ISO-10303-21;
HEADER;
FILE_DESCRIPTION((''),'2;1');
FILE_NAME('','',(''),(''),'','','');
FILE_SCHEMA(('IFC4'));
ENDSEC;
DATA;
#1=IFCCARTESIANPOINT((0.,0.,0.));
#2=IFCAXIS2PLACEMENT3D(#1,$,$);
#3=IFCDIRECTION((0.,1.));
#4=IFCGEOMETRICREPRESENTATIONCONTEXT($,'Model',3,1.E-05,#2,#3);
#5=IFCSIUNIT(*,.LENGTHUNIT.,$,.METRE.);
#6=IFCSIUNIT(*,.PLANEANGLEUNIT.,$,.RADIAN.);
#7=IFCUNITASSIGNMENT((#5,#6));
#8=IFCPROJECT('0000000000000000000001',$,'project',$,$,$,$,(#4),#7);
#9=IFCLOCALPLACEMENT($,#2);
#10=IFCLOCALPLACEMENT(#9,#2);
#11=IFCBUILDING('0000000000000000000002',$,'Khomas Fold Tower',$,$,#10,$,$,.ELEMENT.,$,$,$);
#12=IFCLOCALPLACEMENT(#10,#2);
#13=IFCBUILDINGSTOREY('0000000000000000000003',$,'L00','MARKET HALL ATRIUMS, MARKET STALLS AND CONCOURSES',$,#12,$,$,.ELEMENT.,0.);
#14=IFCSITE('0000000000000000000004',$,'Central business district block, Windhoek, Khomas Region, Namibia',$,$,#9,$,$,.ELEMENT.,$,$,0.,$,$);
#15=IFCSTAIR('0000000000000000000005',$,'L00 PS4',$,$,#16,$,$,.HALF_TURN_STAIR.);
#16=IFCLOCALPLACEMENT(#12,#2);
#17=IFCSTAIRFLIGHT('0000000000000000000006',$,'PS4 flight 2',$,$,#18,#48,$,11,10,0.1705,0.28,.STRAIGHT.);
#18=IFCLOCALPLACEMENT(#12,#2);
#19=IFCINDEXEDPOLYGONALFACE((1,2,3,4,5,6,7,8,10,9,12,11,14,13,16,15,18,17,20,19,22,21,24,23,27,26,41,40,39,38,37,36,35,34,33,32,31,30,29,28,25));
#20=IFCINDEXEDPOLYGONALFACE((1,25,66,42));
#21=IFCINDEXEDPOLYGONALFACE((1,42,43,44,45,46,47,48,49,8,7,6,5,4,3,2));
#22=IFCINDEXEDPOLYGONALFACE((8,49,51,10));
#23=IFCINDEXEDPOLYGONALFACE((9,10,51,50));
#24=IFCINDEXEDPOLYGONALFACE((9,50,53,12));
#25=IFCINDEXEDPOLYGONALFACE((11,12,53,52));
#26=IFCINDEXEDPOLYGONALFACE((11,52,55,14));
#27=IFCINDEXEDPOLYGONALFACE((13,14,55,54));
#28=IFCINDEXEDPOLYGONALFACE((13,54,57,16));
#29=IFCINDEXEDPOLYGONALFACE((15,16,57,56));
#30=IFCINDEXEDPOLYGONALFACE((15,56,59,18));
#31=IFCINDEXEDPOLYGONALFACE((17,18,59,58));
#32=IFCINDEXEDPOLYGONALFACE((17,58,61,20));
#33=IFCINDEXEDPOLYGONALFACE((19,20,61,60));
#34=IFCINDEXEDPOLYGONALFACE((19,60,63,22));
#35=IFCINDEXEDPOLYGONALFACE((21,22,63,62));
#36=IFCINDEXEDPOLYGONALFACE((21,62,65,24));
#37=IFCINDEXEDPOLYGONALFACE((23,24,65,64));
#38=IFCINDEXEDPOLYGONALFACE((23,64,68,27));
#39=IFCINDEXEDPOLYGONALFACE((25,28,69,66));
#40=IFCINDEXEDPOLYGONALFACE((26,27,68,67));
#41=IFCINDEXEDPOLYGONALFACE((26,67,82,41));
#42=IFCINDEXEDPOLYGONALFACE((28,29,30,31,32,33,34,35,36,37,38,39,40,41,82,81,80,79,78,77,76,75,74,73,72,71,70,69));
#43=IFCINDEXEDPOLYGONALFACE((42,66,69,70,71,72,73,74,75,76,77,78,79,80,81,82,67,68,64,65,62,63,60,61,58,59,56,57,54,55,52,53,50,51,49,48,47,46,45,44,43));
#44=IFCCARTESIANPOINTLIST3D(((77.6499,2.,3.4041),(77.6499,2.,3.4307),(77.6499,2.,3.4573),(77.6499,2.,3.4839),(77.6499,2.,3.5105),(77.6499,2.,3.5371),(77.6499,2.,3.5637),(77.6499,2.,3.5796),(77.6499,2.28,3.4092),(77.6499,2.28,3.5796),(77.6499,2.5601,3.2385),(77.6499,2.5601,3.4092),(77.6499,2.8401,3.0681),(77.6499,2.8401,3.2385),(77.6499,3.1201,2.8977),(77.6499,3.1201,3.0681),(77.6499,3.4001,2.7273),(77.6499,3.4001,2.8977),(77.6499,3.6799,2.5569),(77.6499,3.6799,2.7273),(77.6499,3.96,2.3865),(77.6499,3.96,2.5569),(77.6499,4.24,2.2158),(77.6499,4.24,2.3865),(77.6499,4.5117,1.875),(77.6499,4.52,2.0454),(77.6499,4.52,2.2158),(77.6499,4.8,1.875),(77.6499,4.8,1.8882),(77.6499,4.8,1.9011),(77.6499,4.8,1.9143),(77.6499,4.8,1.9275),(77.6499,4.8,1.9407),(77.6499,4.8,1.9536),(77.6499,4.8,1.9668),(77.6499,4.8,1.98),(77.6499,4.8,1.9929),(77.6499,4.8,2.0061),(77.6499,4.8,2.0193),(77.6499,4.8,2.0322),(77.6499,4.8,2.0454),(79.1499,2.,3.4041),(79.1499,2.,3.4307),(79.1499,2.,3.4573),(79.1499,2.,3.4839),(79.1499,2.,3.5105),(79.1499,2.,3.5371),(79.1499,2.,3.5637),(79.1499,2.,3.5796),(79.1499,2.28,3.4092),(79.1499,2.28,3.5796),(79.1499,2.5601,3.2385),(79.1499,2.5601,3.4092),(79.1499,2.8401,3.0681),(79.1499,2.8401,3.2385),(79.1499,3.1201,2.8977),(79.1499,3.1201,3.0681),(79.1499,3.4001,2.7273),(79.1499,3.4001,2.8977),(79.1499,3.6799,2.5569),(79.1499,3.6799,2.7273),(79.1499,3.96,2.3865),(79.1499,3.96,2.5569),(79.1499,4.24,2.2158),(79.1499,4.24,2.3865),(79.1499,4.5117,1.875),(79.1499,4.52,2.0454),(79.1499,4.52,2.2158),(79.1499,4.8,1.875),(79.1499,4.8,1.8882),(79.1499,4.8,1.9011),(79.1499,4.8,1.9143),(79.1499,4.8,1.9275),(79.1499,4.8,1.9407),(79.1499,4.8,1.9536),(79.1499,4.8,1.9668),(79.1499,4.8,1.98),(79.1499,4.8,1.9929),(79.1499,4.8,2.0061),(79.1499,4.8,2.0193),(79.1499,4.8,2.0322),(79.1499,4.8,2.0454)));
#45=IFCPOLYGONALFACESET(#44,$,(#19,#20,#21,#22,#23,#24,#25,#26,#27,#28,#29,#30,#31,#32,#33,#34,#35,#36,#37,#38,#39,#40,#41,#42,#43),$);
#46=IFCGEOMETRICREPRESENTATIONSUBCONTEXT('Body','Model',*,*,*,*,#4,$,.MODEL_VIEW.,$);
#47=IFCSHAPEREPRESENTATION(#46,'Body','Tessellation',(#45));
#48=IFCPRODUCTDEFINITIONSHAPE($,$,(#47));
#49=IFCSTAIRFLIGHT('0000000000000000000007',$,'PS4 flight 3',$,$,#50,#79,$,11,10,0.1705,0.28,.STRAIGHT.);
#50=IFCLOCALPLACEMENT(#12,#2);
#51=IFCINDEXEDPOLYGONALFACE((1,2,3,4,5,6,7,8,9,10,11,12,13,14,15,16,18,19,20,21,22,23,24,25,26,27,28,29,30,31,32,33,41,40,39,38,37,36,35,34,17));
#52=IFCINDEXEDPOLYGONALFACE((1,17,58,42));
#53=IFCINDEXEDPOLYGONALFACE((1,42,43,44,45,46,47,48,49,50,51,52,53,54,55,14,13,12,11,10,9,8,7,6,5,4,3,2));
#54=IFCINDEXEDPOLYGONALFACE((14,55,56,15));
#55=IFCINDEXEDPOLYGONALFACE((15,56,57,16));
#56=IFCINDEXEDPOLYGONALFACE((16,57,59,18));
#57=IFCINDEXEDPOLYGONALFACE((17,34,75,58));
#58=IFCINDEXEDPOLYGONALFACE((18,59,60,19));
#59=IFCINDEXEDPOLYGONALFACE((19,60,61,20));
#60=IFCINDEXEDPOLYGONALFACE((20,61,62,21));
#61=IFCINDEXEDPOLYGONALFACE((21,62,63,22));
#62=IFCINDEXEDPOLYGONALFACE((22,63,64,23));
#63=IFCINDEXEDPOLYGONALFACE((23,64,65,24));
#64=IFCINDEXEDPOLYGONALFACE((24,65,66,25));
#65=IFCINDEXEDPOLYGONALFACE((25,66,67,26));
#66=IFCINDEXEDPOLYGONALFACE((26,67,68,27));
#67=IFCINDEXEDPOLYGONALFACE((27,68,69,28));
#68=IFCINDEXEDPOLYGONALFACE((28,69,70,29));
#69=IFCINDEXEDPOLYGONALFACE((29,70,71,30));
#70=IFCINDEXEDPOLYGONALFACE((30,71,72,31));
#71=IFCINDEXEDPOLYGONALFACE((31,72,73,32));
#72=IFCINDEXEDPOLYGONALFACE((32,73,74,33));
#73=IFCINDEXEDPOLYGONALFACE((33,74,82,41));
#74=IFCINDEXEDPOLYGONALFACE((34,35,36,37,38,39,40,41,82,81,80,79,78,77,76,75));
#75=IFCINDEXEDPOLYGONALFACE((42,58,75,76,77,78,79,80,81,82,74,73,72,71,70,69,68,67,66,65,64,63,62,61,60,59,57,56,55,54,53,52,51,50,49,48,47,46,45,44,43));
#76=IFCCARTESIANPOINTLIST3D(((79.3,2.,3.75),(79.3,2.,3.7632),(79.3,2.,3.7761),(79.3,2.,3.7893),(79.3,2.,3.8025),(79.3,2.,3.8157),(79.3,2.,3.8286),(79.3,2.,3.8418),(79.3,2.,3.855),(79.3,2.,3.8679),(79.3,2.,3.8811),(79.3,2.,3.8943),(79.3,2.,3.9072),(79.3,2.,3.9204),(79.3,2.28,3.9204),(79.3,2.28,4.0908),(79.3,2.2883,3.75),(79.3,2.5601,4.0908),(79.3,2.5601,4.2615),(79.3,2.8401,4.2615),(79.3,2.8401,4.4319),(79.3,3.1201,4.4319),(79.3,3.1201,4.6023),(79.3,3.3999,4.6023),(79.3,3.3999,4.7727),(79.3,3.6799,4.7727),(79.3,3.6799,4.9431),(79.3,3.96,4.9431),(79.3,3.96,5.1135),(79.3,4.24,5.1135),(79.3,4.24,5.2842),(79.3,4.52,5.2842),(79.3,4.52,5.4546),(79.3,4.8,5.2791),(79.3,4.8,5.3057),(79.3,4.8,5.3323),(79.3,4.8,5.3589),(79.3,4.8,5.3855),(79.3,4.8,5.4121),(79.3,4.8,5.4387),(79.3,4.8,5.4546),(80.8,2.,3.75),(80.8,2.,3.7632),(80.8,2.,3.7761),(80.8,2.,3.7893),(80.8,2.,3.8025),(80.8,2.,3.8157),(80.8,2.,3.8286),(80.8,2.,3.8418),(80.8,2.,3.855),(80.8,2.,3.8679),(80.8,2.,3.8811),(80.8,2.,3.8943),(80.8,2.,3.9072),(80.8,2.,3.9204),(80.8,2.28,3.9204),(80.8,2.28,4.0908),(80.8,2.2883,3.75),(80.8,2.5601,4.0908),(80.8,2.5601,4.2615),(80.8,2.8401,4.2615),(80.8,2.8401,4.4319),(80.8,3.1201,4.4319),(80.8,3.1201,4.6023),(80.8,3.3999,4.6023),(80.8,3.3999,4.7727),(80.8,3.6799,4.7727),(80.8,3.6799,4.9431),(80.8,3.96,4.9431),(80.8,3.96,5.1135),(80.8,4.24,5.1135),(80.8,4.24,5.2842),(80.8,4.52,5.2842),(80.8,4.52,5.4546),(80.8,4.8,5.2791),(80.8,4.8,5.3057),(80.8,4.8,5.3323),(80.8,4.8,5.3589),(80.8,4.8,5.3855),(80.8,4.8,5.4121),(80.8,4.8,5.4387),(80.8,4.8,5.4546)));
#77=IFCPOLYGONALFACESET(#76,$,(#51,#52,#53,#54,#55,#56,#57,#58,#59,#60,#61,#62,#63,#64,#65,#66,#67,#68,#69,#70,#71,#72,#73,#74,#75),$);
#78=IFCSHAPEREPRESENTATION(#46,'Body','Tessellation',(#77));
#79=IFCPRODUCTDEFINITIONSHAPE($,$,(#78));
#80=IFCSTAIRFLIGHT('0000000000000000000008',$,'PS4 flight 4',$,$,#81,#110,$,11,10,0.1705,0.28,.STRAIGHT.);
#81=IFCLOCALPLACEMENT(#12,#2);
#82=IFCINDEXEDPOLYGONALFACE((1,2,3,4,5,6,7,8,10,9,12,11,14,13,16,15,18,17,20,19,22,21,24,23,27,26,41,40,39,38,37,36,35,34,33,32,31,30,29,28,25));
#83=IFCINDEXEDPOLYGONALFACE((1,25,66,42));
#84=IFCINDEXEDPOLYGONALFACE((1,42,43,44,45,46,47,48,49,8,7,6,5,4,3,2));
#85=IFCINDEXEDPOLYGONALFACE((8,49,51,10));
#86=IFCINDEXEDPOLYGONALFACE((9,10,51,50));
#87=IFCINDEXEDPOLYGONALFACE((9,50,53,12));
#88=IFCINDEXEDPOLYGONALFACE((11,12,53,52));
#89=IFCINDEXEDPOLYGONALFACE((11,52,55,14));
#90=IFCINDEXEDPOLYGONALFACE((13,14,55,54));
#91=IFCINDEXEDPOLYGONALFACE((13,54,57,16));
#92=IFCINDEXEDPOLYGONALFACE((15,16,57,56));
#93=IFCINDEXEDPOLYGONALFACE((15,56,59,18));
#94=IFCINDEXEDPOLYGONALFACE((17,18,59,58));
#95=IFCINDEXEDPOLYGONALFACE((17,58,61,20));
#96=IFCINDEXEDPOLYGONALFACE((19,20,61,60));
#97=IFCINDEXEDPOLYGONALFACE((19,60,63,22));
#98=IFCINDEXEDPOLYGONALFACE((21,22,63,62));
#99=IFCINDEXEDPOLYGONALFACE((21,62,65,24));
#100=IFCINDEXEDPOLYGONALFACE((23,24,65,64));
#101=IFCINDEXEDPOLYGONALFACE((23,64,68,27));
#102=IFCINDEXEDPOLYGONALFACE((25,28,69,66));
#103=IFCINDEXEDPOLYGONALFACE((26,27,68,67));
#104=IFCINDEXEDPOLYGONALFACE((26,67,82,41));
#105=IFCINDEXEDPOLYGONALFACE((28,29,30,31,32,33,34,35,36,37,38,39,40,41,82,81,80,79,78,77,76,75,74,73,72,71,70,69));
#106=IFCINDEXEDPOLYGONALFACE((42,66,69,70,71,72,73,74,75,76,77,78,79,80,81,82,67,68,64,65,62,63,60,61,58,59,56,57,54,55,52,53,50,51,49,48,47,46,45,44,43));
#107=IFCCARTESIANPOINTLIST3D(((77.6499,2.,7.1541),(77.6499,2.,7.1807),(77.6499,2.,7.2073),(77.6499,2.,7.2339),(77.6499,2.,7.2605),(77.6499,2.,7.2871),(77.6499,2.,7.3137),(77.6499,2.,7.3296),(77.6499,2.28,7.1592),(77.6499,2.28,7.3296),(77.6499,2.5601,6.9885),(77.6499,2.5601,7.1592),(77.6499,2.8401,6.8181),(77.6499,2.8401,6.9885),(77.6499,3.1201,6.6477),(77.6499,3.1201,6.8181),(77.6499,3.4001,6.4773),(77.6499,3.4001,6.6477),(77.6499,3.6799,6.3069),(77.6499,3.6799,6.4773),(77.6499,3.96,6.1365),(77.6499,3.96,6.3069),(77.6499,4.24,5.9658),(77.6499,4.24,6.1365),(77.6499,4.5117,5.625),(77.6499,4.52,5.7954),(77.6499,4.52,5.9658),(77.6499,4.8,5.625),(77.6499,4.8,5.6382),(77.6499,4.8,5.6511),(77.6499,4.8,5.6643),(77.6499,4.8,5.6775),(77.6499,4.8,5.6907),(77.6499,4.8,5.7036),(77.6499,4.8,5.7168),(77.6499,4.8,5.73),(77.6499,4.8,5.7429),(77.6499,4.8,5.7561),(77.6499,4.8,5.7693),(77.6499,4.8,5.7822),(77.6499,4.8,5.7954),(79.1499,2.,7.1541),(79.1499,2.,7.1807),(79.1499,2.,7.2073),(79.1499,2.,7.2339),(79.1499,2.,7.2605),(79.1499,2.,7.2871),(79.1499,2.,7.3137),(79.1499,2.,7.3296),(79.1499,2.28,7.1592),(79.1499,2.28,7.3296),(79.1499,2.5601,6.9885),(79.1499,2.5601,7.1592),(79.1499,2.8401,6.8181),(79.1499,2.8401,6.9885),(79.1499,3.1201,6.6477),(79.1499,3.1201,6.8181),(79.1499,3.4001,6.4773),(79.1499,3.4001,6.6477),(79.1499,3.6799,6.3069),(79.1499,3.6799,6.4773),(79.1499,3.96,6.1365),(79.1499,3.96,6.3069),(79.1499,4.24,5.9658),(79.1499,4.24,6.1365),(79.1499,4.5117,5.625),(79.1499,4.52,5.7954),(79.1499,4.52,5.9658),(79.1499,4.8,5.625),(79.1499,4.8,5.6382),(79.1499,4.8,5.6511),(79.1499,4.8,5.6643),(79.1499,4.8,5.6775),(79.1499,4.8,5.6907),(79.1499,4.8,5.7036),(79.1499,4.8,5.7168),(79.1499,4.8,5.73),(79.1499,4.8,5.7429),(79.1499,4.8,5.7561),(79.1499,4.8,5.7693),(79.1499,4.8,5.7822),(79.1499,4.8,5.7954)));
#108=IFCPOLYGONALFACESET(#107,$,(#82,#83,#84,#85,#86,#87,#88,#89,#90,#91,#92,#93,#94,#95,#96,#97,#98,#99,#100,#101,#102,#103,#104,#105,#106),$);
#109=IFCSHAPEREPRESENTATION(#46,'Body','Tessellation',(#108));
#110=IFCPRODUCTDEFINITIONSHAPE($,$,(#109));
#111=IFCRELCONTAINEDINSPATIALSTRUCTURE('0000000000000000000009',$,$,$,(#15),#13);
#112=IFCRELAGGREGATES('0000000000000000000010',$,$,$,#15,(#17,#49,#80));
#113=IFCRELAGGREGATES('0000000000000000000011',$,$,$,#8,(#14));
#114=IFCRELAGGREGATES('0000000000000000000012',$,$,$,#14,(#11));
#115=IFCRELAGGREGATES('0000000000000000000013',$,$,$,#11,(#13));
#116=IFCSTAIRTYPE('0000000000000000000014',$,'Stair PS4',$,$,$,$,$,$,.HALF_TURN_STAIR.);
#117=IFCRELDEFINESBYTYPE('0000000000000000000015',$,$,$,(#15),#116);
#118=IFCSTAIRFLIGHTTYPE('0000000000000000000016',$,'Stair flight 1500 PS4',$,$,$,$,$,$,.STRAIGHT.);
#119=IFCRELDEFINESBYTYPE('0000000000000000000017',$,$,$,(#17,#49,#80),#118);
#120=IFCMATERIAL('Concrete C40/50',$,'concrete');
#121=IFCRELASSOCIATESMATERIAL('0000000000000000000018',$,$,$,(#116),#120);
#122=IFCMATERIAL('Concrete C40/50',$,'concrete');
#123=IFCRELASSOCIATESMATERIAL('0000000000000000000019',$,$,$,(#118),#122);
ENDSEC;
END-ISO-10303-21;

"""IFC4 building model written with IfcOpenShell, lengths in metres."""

from ifc_helpers import new_model, si_unit, direction, frame, origin, place, context, subcontext, project, spatial, polyline, outline, extrude, source, transform, mapped, material, type_object, element, aggregate, save


model = new_model("IFC4")

# Units and contexts
model_context = context("Model", 3, precision=1e-05, world=origin(), true_north=direction((0.0, 1.0)))
body_context = subcontext(model_context, "Body", "Model", "MODEL_VIEW")
ifc_project = project(units=[si_unit("LENGTHUNIT", "METRE"), si_unit("PLANEANGLEUNIT", "RADIAN")], contexts=[model_context])

# Site, building, storey
site_placement = place(None, origin())
site = spatial("IfcSite", under=ifc_project, at=site_placement, Name="Central business district block, Windhoek, Khomas Region, Namibia", CompositionType="ELEMENT", RefElevation=0.0)
building_placement = place(site_placement, origin())
building = spatial("IfcBuilding", under=site, at=building_placement, Name="Khomas Fold Tower", CompositionType="ELEMENT")
storey_placement = place(building_placement, origin())
storey = spatial("IfcBuildingStorey", under=building, at=storey_placement, Name="L00", Description="MARKET HALL ATRIUMS, MARKET STALLS AND CONCOURSES", CompositionType="ELEMENT", Elevation=0.0)

# Stair, stair flights
shared_shape_1 = source(origin(), body_context, "Body", "SweptSolid", [
    extrude(outline(polyline([(0.0, 0.0), (0.0, 0.0132), (0.0, 0.0261), (0.0, 0.0393), (0.0, 0.0525), (0.0, 0.0657), (0.0, 0.0786), (0.0, 0.0918), (0.0, 0.105), (0.0, 0.1179), (0.0, 0.1311), (0.0, 0.1443), (0.0, 0.1572), (0.0, 0.1704), (0.28, 0.1704), (0.28, 0.3408), (0.5601, 0.3408), (0.5601, 0.5115), (0.8401, 0.5115), (0.8401, 0.6819), (1.1201, 0.6819), (1.1201, 0.8523), (1.3999, 0.8523), (1.3999, 1.0227), (1.6799, 1.0227), (1.6799, 1.1931), (1.96, 1.1931), (1.96, 1.3635), (2.24, 1.3635), (2.24, 1.5342), (2.52, 1.5342), (2.52, 1.7046), (2.8, 1.7046), (2.8, 1.875), (2.8, 1.8484), (2.8, 1.8218), (2.8, 1.7952), (2.8, 1.7686), (2.8, 1.7419), (2.8, 1.7153), (2.8, 1.6887), (2.8, 1.6621), (2.8, 1.6355), (2.8, 1.6089), (2.8, 1.5823), (2.8, 1.5557), (2.8, 1.5291), (0.2883, 0.0), (0.0, 0.0)])), frame((0.0, 0.75, 0.0), z_axis=(0.0, -1.0, 0.0), x_axis=(1.0, 0.0, 0.0)), (0.0, 0.0, 1.0), 1.5),
])
ifc_material_1 = material(Name="Concrete C40/50", Category="concrete")
stair_type_1 = type_object("IfcStairType", Name="Stair PS4", PredefinedType="HALF_TURN_STAIR", material=ifc_material_1)
stair_1_placement = place(storey_placement, origin())
stair_1 = element("IfcStair", 1, at=stair_1_placement, inside=storey, type_object=stair_type_1, Name="L00 PS4", PredefinedType="HALF_TURN_STAIR")
ifc_material_2 = material(Name="Concrete C40/50", Category="concrete")
stair_flight_type_1 = type_object("IfcStairFlightType", Name="Stair flight 1500 PS4", PredefinedType="STRAIGHT", material=ifc_material_2)
stair_flight_1_placement = place(storey_placement, frame((78.3999, 4.8, 1.875), z_axis=(0.0, 0.0, 1.0), x_axis=(0.0, -1.0, 0.0)))
stair_flight_1 = element("IfcStairFlight", 2, at=stair_flight_1_placement, type_object=stair_flight_type_1, Name="PS4 flight 2", NumberOfRisers=11, NumberOfTreads=10, PredefinedType="STRAIGHT", RiserHeight=0.1705, TreadLength=0.28, context=body_context, shape_type="MappedRepresentation", body=[
    mapped(shared_shape_1, transform((0.0, 0.0, 0.0))),
])
stair_flight_2_placement = place(storey_placement, frame((80.05, 2.0, 3.75), z_axis=(0.0, 0.0, 1.0), x_axis=(0.0, 1.0, 0.0)))
stair_flight_2 = element("IfcStairFlight", 3, at=stair_flight_2_placement, type_object=stair_flight_type_1, Name="PS4 flight 3", NumberOfRisers=11, NumberOfTreads=10, PredefinedType="STRAIGHT", RiserHeight=0.1705, TreadLength=0.28, context=body_context, shape_type="MappedRepresentation", body=[
    mapped(shared_shape_1, transform((0.0, 0.0, 0.0))),
])
stair_flight_3_placement = place(storey_placement, frame((78.3999, 4.8, 5.625), z_axis=(0.0, 0.0, 1.0), x_axis=(0.0, -1.0, 0.0)))
stair_flight_3 = element("IfcStairFlight", 4, at=stair_flight_3_placement, type_object=stair_flight_type_1, Name="PS4 flight 4", NumberOfRisers=11, NumberOfTreads=10, PredefinedType="STRAIGHT", RiserHeight=0.1705, TreadLength=0.28, context=body_context, shape_type="MappedRepresentation", body=[
    mapped(shared_shape_1, transform((0.0, 0.0, 0.0))),
])
aggregate(stair_1, [stair_flight_1, stair_flight_2, stair_flight_3])

save(model, "model.ifc")
